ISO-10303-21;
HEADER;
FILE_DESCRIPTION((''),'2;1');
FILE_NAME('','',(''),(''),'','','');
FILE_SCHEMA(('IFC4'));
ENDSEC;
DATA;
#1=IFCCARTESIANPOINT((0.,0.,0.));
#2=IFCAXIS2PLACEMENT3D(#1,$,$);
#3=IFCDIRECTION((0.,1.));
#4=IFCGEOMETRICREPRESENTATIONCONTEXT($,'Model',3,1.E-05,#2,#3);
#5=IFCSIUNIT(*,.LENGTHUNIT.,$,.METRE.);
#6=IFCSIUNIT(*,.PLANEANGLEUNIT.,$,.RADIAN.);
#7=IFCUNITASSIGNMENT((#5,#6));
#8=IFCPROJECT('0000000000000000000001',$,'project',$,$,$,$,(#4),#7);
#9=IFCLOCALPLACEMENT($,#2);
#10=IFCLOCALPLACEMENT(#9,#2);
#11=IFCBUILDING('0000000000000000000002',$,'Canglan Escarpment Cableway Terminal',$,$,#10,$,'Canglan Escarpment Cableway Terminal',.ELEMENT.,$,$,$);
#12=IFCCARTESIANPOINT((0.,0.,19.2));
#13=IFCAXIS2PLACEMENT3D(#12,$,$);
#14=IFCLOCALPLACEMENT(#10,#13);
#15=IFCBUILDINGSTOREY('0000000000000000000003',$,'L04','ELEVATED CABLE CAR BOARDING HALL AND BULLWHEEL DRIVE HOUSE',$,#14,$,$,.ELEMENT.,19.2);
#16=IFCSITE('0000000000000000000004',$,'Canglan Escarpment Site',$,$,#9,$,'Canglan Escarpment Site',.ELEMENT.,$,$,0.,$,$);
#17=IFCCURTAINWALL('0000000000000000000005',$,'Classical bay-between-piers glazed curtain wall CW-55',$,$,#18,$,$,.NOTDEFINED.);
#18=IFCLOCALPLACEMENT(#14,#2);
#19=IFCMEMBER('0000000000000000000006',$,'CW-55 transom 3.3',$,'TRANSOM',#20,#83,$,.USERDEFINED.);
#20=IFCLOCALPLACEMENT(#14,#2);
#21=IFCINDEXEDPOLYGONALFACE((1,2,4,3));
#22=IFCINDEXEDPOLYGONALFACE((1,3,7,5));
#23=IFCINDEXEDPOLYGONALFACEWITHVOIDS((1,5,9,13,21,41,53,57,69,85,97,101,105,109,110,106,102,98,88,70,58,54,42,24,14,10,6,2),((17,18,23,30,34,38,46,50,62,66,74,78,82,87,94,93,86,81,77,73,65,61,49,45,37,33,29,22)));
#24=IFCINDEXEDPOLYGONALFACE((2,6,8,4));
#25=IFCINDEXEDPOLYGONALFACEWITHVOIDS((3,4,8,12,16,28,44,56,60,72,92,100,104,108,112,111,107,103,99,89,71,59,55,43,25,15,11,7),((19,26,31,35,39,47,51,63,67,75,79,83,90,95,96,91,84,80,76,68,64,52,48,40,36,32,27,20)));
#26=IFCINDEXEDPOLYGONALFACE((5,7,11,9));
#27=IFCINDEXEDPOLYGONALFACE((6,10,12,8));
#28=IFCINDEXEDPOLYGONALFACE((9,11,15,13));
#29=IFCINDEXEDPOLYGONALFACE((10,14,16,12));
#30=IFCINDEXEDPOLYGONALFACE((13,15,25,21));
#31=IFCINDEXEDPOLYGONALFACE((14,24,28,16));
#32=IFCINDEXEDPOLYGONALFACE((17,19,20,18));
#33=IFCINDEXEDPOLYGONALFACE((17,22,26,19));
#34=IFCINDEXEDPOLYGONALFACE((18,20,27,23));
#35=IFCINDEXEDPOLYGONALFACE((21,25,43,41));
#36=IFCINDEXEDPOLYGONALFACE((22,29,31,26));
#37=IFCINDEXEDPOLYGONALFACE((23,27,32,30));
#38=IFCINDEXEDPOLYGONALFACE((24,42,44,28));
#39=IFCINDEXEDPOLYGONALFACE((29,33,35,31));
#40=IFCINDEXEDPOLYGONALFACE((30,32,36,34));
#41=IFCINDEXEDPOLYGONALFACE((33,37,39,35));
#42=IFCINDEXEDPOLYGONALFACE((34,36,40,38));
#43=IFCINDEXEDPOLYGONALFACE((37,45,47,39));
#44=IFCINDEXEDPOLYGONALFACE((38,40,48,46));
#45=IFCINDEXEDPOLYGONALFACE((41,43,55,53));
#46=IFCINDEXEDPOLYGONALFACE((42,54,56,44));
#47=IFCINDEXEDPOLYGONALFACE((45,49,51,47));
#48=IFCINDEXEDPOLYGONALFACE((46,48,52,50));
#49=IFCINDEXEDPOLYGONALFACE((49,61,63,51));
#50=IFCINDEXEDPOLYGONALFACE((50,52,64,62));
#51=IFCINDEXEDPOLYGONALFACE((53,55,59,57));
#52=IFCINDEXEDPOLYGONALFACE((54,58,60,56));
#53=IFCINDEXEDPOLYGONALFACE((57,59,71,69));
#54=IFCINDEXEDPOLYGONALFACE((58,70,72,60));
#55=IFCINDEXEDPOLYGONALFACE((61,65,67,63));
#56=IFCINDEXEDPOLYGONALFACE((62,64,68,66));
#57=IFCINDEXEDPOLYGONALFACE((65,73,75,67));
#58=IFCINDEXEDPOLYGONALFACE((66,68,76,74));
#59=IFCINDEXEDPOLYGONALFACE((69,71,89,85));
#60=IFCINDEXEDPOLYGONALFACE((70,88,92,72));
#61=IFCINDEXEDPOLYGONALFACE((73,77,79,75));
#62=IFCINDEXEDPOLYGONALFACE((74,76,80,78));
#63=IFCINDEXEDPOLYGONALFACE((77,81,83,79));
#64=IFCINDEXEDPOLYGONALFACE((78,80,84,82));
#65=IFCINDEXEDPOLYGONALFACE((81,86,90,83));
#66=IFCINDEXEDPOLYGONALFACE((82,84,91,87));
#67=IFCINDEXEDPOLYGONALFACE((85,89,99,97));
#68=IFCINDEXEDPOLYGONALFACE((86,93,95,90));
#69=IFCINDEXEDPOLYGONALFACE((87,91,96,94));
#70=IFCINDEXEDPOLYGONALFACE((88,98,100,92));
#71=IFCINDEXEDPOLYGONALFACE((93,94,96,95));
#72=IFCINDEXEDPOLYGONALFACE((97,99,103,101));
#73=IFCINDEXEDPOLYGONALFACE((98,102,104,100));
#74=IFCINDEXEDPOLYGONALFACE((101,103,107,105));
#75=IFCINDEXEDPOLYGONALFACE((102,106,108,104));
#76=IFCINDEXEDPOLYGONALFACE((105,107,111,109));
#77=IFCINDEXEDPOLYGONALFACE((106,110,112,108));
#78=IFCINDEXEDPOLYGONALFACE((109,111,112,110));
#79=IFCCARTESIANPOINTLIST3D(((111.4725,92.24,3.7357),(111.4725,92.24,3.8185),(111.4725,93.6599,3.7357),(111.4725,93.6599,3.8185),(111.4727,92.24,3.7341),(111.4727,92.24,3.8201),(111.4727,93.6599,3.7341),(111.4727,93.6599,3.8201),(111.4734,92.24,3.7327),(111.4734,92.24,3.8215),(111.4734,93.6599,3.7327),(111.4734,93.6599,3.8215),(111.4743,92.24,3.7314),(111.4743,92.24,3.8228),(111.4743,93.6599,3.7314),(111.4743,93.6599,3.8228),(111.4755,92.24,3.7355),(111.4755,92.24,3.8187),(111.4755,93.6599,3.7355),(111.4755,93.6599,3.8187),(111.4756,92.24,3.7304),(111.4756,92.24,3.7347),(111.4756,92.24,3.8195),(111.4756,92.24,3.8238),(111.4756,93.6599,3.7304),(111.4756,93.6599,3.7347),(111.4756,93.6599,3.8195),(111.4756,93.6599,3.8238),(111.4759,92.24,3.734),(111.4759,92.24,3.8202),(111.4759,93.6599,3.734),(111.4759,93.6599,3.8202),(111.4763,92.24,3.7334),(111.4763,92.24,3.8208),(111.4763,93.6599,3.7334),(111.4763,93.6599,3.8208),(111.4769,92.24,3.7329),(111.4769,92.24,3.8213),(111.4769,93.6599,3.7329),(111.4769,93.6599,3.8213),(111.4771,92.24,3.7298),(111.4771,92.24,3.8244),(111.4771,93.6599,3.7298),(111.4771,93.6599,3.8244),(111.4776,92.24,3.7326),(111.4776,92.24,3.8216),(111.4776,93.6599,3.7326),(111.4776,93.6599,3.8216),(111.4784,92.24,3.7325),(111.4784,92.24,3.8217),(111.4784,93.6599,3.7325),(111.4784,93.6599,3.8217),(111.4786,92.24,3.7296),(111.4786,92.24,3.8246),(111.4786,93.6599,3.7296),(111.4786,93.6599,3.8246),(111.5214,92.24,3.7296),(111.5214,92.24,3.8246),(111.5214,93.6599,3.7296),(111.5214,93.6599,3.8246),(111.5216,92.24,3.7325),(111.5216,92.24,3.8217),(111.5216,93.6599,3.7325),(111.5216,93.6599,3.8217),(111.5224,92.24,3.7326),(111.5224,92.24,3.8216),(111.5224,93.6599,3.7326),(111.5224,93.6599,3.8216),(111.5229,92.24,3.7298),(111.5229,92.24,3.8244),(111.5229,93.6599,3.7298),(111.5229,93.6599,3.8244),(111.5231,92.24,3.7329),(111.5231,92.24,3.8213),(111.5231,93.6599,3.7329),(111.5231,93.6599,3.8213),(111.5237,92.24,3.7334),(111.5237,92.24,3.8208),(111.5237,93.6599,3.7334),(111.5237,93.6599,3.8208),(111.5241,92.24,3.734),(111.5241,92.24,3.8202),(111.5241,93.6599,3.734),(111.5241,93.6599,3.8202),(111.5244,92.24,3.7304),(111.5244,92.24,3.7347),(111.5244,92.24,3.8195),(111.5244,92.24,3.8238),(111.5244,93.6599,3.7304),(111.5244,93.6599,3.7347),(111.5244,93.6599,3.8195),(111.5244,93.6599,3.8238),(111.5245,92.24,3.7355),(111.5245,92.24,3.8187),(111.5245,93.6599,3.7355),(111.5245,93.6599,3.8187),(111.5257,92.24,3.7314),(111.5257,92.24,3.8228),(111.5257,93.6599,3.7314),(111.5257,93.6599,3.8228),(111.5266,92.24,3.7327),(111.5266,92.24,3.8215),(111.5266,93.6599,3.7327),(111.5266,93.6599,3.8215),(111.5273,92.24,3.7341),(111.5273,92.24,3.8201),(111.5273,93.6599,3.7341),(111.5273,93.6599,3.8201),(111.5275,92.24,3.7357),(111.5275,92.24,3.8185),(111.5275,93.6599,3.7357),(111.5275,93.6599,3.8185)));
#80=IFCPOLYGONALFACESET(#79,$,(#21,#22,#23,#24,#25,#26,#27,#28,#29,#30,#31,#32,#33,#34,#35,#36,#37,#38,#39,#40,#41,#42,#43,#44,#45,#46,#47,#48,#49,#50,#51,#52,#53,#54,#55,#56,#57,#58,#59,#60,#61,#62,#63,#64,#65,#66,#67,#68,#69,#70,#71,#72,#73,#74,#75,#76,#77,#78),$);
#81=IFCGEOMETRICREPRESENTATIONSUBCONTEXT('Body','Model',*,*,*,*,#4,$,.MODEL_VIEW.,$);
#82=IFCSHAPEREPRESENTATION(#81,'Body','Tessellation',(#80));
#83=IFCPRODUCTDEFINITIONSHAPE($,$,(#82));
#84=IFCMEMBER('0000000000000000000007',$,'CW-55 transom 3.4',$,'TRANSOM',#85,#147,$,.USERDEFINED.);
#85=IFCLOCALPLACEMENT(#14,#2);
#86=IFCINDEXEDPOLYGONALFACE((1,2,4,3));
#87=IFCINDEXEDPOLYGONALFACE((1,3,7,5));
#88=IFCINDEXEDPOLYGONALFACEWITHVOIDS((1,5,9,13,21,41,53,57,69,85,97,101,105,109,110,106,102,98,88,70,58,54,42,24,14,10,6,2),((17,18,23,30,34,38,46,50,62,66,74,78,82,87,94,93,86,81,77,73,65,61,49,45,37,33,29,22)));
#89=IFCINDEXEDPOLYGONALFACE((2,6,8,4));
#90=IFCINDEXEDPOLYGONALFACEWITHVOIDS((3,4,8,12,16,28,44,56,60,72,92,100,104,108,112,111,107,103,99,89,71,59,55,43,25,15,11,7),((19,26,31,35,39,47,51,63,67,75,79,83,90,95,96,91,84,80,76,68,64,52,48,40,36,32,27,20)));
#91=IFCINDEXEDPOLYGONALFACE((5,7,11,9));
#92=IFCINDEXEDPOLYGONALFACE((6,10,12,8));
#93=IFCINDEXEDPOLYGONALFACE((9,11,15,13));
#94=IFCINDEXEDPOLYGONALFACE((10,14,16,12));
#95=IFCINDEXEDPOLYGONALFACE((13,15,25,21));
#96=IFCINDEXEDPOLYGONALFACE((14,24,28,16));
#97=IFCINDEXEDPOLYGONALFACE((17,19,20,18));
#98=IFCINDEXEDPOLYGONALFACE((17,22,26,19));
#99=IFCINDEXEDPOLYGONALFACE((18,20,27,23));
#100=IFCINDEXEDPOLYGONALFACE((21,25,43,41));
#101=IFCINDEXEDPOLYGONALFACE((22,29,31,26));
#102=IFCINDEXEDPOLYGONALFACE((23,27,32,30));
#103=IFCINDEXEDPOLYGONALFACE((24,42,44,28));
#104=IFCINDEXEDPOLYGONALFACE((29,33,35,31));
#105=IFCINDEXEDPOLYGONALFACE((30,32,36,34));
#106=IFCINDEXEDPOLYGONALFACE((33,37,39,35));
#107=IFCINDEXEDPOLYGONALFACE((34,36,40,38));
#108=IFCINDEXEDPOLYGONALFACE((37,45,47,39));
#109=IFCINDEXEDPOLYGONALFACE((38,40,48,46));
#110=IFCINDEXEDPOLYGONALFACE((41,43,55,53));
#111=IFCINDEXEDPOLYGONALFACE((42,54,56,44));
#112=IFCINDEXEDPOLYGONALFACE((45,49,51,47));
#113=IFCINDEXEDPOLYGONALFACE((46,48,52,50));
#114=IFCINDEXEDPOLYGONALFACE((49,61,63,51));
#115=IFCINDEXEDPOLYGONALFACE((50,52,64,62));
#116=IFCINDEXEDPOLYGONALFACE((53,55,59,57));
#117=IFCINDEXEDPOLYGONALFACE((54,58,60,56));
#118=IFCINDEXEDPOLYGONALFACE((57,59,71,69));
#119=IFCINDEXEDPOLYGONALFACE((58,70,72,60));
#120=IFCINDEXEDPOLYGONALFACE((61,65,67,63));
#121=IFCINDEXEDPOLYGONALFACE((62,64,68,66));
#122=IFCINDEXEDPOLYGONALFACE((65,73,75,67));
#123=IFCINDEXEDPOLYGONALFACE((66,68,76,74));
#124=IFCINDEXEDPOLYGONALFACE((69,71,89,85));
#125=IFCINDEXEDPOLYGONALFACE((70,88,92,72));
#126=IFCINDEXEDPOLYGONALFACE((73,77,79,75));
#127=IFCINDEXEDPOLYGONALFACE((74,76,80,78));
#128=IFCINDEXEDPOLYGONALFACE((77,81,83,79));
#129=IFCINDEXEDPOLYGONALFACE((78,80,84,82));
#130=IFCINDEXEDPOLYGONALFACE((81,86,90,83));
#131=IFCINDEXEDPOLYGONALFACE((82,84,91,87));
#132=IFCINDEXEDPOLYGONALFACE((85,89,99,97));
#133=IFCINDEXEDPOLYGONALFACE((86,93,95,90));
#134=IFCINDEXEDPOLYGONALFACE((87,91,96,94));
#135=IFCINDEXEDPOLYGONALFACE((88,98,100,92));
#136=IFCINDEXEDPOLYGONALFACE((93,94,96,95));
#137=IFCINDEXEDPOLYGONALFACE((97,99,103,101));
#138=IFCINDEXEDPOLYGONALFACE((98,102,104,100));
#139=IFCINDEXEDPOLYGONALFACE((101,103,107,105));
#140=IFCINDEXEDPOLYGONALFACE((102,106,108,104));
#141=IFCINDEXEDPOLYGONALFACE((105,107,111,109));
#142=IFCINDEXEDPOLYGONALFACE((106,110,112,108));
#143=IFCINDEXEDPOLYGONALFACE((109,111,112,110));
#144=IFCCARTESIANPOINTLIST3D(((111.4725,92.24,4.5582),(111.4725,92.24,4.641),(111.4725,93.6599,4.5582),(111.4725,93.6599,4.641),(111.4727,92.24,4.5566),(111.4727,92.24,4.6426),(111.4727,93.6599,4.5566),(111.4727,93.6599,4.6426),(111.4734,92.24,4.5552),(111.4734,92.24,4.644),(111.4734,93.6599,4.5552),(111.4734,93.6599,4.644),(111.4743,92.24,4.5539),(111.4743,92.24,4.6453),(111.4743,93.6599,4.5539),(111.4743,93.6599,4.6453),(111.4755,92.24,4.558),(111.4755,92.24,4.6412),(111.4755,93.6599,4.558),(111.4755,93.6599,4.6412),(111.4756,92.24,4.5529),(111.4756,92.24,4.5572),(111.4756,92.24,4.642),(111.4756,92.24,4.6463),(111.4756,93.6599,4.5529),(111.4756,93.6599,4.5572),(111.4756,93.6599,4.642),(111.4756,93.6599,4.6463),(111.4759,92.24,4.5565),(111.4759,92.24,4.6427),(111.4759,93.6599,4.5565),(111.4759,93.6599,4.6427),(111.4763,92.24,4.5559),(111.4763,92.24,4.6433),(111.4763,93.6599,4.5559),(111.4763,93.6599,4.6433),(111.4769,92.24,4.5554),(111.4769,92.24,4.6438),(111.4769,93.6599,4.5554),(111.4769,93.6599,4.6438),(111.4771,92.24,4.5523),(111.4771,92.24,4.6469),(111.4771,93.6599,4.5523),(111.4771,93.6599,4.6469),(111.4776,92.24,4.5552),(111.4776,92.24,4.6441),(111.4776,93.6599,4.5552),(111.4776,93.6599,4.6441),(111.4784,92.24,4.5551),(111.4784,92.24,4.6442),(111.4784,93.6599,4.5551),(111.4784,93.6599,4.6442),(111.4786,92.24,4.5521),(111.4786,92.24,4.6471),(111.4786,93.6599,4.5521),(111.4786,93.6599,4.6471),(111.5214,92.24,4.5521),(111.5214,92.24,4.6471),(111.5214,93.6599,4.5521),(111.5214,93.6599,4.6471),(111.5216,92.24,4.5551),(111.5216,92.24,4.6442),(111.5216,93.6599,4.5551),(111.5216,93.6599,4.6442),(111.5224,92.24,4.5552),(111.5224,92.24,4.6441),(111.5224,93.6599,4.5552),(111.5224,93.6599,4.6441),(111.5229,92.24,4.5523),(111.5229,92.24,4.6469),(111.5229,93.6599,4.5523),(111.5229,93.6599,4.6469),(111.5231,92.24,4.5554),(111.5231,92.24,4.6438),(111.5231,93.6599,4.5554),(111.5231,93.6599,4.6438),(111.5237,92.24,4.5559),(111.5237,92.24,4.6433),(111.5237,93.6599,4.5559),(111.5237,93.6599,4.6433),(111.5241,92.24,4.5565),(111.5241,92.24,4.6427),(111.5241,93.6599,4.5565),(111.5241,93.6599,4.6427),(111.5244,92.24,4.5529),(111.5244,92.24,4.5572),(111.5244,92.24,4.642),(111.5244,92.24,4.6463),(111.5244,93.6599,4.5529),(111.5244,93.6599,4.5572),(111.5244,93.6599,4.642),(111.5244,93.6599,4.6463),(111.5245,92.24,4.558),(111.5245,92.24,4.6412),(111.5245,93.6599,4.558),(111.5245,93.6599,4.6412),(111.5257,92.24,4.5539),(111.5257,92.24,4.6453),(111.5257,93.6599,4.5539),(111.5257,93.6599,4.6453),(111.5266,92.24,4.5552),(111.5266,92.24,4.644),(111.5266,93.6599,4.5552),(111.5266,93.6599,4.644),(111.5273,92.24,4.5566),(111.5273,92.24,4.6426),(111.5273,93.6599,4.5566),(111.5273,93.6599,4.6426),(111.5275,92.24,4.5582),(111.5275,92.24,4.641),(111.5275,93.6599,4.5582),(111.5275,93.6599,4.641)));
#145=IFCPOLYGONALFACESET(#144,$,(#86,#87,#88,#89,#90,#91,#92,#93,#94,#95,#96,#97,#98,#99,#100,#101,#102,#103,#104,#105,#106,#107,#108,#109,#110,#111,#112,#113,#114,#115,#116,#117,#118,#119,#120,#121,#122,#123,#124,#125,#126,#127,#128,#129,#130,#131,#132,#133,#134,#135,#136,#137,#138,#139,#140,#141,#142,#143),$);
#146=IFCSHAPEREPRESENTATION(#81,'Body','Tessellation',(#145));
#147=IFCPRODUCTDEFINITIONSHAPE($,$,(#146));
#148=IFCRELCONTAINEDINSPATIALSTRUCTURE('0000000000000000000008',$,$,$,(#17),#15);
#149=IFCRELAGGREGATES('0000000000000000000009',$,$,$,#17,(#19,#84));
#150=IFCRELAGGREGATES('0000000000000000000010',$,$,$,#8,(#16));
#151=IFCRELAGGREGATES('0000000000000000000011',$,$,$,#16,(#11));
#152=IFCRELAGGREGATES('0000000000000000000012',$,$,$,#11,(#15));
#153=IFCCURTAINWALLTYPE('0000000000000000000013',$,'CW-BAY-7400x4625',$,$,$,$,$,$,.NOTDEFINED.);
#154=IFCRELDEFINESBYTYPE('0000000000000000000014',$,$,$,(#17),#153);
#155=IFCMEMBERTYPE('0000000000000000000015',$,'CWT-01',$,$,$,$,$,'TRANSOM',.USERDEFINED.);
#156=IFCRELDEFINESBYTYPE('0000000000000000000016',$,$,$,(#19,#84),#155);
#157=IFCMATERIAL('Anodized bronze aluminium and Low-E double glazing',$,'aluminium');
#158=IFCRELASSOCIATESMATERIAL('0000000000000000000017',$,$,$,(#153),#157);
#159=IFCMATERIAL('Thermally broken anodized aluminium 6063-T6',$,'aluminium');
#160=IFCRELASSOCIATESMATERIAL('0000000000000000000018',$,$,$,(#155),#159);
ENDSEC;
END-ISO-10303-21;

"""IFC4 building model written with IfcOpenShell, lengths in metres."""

from ifc_helpers import new_model, si_unit, direction, frame, origin, origin_2d, place, context, subcontext, project, spatial, hollow_rectangle, extrude, material, material_profile, profile_set, type_object, element, aggregate, save


model = new_model("IFC4")

# Units and contexts
model_context = context("Model", 3, precision=1e-05, world=origin(), true_north=direction((0.0, 1.0)))
body_context = subcontext(model_context, "Body", "Model", "MODEL_VIEW")
ifc_project = project(units=[si_unit("LENGTHUNIT", "METRE"), si_unit("PLANEANGLEUNIT", "RADIAN")], contexts=[model_context])

# Site, building, storey
site_placement = place(None, origin())
site = spatial("IfcSite", under=ifc_project, at=site_placement, Name="Canglan Escarpment Site", LongName="Canglan Escarpment Site", CompositionType="ELEMENT", RefElevation=0.0)
building_placement = place(site_placement, origin())
building = spatial("IfcBuilding", under=site, at=building_placement, Name="Canglan Escarpment Cableway Terminal", LongName="Canglan Escarpment Cableway Terminal", CompositionType="ELEMENT")
storey_placement = place(building_placement, frame((0.0, 0.0, 19.2)))
storey = spatial("IfcBuildingStorey", under=building, at=storey_placement, Name="L04", Description="ELEVATED CABLE CAR BOARDING HALL AND BULLWHEEL DRIVE HOUSE", CompositionType="ELEMENT", Elevation=19.2)

# Curtain wall, members
ifc_material_1 = material(Name="Anodized bronze aluminium and Low-E double glazing", Category="aluminium")
curtain_wall_type = type_object("IfcCurtainWallType", Name="CW-BAY-7400x4625", PredefinedType="NOTDEFINED", material=ifc_material_1)
curtain_wall_placement = place(storey_placement, origin())
curtain_wall = element("IfcCurtainWall", 1, at=curtain_wall_placement, inside=storey, type_object=curtain_wall_type, Name="Classical bay-between-piers glazed curtain wall CW-55", PredefinedType="NOTDEFINED")
ifc_material_2 = material(Name="Thermally broken anodized aluminium 6063-T6", Category="aluminium")
ifc_material_profile_1 = material_profile(ifc_material_2, hollow_rectangle(XDim=0.0549, YDim=0.095, WallThickness=0.0029, InnerFilletRadius=0.0029, OuterFilletRadius=0.0061, at=origin_2d()), Name="ALU-TRAN 55x95x3")
ifc_profile_set_1 = profile_set([ifc_material_profile_1], Name="Thermally broken anodized aluminium 6063-T6")
member_type_1 = type_object("IfcMemberType", Name="CWT-01", ElementType="TRANSOM", PredefinedType="USERDEFINED", material=ifc_profile_set_1)
member_1_placement = place(storey_placement, frame((111.5, 93.6599, 3.7771), z_axis=(0.0, -1.0, 0.0), x_axis=(1.0, 0.0, 0.0)))
member_1 = element("IfcMember", 2, at=member_1_placement, type_object=member_type_1, Name="CW-55 transom 3.3", ObjectType="TRANSOM", PredefinedType="USERDEFINED", context=body_context, shape_type="SweptSolid", body=[
    extrude(hollow_rectangle(XDim=0.0549, YDim=0.095, WallThickness=0.0029, InnerFilletRadius=0.0029, OuterFilletRadius=0.0061, at=origin_2d()), origin(), (0.0, 0.0, 1.0), 1.4199),
])
member_2_placement = place(storey_placement, frame((111.5, 93.6599, 4.5996), z_axis=(0.0, -1.0, 0.0), x_axis=(1.0, 0.0, 0.0)))
member_2 = element("IfcMember", 3, at=member_2_placement, type_object=member_type_1, Name="CW-55 transom 3.4", ObjectType="TRANSOM", PredefinedType="USERDEFINED", context=body_context, shape_type="SweptSolid", body=[
    extrude(hollow_rectangle(XDim=0.0549, YDim=0.095, WallThickness=0.0029, InnerFilletRadius=0.0029, OuterFilletRadius=0.0061, at=origin_2d()), origin(), (0.0, 0.0, 1.0), 1.4199),
])
aggregate(curtain_wall, [member_1, member_2])

save(model, "model.ifc")
